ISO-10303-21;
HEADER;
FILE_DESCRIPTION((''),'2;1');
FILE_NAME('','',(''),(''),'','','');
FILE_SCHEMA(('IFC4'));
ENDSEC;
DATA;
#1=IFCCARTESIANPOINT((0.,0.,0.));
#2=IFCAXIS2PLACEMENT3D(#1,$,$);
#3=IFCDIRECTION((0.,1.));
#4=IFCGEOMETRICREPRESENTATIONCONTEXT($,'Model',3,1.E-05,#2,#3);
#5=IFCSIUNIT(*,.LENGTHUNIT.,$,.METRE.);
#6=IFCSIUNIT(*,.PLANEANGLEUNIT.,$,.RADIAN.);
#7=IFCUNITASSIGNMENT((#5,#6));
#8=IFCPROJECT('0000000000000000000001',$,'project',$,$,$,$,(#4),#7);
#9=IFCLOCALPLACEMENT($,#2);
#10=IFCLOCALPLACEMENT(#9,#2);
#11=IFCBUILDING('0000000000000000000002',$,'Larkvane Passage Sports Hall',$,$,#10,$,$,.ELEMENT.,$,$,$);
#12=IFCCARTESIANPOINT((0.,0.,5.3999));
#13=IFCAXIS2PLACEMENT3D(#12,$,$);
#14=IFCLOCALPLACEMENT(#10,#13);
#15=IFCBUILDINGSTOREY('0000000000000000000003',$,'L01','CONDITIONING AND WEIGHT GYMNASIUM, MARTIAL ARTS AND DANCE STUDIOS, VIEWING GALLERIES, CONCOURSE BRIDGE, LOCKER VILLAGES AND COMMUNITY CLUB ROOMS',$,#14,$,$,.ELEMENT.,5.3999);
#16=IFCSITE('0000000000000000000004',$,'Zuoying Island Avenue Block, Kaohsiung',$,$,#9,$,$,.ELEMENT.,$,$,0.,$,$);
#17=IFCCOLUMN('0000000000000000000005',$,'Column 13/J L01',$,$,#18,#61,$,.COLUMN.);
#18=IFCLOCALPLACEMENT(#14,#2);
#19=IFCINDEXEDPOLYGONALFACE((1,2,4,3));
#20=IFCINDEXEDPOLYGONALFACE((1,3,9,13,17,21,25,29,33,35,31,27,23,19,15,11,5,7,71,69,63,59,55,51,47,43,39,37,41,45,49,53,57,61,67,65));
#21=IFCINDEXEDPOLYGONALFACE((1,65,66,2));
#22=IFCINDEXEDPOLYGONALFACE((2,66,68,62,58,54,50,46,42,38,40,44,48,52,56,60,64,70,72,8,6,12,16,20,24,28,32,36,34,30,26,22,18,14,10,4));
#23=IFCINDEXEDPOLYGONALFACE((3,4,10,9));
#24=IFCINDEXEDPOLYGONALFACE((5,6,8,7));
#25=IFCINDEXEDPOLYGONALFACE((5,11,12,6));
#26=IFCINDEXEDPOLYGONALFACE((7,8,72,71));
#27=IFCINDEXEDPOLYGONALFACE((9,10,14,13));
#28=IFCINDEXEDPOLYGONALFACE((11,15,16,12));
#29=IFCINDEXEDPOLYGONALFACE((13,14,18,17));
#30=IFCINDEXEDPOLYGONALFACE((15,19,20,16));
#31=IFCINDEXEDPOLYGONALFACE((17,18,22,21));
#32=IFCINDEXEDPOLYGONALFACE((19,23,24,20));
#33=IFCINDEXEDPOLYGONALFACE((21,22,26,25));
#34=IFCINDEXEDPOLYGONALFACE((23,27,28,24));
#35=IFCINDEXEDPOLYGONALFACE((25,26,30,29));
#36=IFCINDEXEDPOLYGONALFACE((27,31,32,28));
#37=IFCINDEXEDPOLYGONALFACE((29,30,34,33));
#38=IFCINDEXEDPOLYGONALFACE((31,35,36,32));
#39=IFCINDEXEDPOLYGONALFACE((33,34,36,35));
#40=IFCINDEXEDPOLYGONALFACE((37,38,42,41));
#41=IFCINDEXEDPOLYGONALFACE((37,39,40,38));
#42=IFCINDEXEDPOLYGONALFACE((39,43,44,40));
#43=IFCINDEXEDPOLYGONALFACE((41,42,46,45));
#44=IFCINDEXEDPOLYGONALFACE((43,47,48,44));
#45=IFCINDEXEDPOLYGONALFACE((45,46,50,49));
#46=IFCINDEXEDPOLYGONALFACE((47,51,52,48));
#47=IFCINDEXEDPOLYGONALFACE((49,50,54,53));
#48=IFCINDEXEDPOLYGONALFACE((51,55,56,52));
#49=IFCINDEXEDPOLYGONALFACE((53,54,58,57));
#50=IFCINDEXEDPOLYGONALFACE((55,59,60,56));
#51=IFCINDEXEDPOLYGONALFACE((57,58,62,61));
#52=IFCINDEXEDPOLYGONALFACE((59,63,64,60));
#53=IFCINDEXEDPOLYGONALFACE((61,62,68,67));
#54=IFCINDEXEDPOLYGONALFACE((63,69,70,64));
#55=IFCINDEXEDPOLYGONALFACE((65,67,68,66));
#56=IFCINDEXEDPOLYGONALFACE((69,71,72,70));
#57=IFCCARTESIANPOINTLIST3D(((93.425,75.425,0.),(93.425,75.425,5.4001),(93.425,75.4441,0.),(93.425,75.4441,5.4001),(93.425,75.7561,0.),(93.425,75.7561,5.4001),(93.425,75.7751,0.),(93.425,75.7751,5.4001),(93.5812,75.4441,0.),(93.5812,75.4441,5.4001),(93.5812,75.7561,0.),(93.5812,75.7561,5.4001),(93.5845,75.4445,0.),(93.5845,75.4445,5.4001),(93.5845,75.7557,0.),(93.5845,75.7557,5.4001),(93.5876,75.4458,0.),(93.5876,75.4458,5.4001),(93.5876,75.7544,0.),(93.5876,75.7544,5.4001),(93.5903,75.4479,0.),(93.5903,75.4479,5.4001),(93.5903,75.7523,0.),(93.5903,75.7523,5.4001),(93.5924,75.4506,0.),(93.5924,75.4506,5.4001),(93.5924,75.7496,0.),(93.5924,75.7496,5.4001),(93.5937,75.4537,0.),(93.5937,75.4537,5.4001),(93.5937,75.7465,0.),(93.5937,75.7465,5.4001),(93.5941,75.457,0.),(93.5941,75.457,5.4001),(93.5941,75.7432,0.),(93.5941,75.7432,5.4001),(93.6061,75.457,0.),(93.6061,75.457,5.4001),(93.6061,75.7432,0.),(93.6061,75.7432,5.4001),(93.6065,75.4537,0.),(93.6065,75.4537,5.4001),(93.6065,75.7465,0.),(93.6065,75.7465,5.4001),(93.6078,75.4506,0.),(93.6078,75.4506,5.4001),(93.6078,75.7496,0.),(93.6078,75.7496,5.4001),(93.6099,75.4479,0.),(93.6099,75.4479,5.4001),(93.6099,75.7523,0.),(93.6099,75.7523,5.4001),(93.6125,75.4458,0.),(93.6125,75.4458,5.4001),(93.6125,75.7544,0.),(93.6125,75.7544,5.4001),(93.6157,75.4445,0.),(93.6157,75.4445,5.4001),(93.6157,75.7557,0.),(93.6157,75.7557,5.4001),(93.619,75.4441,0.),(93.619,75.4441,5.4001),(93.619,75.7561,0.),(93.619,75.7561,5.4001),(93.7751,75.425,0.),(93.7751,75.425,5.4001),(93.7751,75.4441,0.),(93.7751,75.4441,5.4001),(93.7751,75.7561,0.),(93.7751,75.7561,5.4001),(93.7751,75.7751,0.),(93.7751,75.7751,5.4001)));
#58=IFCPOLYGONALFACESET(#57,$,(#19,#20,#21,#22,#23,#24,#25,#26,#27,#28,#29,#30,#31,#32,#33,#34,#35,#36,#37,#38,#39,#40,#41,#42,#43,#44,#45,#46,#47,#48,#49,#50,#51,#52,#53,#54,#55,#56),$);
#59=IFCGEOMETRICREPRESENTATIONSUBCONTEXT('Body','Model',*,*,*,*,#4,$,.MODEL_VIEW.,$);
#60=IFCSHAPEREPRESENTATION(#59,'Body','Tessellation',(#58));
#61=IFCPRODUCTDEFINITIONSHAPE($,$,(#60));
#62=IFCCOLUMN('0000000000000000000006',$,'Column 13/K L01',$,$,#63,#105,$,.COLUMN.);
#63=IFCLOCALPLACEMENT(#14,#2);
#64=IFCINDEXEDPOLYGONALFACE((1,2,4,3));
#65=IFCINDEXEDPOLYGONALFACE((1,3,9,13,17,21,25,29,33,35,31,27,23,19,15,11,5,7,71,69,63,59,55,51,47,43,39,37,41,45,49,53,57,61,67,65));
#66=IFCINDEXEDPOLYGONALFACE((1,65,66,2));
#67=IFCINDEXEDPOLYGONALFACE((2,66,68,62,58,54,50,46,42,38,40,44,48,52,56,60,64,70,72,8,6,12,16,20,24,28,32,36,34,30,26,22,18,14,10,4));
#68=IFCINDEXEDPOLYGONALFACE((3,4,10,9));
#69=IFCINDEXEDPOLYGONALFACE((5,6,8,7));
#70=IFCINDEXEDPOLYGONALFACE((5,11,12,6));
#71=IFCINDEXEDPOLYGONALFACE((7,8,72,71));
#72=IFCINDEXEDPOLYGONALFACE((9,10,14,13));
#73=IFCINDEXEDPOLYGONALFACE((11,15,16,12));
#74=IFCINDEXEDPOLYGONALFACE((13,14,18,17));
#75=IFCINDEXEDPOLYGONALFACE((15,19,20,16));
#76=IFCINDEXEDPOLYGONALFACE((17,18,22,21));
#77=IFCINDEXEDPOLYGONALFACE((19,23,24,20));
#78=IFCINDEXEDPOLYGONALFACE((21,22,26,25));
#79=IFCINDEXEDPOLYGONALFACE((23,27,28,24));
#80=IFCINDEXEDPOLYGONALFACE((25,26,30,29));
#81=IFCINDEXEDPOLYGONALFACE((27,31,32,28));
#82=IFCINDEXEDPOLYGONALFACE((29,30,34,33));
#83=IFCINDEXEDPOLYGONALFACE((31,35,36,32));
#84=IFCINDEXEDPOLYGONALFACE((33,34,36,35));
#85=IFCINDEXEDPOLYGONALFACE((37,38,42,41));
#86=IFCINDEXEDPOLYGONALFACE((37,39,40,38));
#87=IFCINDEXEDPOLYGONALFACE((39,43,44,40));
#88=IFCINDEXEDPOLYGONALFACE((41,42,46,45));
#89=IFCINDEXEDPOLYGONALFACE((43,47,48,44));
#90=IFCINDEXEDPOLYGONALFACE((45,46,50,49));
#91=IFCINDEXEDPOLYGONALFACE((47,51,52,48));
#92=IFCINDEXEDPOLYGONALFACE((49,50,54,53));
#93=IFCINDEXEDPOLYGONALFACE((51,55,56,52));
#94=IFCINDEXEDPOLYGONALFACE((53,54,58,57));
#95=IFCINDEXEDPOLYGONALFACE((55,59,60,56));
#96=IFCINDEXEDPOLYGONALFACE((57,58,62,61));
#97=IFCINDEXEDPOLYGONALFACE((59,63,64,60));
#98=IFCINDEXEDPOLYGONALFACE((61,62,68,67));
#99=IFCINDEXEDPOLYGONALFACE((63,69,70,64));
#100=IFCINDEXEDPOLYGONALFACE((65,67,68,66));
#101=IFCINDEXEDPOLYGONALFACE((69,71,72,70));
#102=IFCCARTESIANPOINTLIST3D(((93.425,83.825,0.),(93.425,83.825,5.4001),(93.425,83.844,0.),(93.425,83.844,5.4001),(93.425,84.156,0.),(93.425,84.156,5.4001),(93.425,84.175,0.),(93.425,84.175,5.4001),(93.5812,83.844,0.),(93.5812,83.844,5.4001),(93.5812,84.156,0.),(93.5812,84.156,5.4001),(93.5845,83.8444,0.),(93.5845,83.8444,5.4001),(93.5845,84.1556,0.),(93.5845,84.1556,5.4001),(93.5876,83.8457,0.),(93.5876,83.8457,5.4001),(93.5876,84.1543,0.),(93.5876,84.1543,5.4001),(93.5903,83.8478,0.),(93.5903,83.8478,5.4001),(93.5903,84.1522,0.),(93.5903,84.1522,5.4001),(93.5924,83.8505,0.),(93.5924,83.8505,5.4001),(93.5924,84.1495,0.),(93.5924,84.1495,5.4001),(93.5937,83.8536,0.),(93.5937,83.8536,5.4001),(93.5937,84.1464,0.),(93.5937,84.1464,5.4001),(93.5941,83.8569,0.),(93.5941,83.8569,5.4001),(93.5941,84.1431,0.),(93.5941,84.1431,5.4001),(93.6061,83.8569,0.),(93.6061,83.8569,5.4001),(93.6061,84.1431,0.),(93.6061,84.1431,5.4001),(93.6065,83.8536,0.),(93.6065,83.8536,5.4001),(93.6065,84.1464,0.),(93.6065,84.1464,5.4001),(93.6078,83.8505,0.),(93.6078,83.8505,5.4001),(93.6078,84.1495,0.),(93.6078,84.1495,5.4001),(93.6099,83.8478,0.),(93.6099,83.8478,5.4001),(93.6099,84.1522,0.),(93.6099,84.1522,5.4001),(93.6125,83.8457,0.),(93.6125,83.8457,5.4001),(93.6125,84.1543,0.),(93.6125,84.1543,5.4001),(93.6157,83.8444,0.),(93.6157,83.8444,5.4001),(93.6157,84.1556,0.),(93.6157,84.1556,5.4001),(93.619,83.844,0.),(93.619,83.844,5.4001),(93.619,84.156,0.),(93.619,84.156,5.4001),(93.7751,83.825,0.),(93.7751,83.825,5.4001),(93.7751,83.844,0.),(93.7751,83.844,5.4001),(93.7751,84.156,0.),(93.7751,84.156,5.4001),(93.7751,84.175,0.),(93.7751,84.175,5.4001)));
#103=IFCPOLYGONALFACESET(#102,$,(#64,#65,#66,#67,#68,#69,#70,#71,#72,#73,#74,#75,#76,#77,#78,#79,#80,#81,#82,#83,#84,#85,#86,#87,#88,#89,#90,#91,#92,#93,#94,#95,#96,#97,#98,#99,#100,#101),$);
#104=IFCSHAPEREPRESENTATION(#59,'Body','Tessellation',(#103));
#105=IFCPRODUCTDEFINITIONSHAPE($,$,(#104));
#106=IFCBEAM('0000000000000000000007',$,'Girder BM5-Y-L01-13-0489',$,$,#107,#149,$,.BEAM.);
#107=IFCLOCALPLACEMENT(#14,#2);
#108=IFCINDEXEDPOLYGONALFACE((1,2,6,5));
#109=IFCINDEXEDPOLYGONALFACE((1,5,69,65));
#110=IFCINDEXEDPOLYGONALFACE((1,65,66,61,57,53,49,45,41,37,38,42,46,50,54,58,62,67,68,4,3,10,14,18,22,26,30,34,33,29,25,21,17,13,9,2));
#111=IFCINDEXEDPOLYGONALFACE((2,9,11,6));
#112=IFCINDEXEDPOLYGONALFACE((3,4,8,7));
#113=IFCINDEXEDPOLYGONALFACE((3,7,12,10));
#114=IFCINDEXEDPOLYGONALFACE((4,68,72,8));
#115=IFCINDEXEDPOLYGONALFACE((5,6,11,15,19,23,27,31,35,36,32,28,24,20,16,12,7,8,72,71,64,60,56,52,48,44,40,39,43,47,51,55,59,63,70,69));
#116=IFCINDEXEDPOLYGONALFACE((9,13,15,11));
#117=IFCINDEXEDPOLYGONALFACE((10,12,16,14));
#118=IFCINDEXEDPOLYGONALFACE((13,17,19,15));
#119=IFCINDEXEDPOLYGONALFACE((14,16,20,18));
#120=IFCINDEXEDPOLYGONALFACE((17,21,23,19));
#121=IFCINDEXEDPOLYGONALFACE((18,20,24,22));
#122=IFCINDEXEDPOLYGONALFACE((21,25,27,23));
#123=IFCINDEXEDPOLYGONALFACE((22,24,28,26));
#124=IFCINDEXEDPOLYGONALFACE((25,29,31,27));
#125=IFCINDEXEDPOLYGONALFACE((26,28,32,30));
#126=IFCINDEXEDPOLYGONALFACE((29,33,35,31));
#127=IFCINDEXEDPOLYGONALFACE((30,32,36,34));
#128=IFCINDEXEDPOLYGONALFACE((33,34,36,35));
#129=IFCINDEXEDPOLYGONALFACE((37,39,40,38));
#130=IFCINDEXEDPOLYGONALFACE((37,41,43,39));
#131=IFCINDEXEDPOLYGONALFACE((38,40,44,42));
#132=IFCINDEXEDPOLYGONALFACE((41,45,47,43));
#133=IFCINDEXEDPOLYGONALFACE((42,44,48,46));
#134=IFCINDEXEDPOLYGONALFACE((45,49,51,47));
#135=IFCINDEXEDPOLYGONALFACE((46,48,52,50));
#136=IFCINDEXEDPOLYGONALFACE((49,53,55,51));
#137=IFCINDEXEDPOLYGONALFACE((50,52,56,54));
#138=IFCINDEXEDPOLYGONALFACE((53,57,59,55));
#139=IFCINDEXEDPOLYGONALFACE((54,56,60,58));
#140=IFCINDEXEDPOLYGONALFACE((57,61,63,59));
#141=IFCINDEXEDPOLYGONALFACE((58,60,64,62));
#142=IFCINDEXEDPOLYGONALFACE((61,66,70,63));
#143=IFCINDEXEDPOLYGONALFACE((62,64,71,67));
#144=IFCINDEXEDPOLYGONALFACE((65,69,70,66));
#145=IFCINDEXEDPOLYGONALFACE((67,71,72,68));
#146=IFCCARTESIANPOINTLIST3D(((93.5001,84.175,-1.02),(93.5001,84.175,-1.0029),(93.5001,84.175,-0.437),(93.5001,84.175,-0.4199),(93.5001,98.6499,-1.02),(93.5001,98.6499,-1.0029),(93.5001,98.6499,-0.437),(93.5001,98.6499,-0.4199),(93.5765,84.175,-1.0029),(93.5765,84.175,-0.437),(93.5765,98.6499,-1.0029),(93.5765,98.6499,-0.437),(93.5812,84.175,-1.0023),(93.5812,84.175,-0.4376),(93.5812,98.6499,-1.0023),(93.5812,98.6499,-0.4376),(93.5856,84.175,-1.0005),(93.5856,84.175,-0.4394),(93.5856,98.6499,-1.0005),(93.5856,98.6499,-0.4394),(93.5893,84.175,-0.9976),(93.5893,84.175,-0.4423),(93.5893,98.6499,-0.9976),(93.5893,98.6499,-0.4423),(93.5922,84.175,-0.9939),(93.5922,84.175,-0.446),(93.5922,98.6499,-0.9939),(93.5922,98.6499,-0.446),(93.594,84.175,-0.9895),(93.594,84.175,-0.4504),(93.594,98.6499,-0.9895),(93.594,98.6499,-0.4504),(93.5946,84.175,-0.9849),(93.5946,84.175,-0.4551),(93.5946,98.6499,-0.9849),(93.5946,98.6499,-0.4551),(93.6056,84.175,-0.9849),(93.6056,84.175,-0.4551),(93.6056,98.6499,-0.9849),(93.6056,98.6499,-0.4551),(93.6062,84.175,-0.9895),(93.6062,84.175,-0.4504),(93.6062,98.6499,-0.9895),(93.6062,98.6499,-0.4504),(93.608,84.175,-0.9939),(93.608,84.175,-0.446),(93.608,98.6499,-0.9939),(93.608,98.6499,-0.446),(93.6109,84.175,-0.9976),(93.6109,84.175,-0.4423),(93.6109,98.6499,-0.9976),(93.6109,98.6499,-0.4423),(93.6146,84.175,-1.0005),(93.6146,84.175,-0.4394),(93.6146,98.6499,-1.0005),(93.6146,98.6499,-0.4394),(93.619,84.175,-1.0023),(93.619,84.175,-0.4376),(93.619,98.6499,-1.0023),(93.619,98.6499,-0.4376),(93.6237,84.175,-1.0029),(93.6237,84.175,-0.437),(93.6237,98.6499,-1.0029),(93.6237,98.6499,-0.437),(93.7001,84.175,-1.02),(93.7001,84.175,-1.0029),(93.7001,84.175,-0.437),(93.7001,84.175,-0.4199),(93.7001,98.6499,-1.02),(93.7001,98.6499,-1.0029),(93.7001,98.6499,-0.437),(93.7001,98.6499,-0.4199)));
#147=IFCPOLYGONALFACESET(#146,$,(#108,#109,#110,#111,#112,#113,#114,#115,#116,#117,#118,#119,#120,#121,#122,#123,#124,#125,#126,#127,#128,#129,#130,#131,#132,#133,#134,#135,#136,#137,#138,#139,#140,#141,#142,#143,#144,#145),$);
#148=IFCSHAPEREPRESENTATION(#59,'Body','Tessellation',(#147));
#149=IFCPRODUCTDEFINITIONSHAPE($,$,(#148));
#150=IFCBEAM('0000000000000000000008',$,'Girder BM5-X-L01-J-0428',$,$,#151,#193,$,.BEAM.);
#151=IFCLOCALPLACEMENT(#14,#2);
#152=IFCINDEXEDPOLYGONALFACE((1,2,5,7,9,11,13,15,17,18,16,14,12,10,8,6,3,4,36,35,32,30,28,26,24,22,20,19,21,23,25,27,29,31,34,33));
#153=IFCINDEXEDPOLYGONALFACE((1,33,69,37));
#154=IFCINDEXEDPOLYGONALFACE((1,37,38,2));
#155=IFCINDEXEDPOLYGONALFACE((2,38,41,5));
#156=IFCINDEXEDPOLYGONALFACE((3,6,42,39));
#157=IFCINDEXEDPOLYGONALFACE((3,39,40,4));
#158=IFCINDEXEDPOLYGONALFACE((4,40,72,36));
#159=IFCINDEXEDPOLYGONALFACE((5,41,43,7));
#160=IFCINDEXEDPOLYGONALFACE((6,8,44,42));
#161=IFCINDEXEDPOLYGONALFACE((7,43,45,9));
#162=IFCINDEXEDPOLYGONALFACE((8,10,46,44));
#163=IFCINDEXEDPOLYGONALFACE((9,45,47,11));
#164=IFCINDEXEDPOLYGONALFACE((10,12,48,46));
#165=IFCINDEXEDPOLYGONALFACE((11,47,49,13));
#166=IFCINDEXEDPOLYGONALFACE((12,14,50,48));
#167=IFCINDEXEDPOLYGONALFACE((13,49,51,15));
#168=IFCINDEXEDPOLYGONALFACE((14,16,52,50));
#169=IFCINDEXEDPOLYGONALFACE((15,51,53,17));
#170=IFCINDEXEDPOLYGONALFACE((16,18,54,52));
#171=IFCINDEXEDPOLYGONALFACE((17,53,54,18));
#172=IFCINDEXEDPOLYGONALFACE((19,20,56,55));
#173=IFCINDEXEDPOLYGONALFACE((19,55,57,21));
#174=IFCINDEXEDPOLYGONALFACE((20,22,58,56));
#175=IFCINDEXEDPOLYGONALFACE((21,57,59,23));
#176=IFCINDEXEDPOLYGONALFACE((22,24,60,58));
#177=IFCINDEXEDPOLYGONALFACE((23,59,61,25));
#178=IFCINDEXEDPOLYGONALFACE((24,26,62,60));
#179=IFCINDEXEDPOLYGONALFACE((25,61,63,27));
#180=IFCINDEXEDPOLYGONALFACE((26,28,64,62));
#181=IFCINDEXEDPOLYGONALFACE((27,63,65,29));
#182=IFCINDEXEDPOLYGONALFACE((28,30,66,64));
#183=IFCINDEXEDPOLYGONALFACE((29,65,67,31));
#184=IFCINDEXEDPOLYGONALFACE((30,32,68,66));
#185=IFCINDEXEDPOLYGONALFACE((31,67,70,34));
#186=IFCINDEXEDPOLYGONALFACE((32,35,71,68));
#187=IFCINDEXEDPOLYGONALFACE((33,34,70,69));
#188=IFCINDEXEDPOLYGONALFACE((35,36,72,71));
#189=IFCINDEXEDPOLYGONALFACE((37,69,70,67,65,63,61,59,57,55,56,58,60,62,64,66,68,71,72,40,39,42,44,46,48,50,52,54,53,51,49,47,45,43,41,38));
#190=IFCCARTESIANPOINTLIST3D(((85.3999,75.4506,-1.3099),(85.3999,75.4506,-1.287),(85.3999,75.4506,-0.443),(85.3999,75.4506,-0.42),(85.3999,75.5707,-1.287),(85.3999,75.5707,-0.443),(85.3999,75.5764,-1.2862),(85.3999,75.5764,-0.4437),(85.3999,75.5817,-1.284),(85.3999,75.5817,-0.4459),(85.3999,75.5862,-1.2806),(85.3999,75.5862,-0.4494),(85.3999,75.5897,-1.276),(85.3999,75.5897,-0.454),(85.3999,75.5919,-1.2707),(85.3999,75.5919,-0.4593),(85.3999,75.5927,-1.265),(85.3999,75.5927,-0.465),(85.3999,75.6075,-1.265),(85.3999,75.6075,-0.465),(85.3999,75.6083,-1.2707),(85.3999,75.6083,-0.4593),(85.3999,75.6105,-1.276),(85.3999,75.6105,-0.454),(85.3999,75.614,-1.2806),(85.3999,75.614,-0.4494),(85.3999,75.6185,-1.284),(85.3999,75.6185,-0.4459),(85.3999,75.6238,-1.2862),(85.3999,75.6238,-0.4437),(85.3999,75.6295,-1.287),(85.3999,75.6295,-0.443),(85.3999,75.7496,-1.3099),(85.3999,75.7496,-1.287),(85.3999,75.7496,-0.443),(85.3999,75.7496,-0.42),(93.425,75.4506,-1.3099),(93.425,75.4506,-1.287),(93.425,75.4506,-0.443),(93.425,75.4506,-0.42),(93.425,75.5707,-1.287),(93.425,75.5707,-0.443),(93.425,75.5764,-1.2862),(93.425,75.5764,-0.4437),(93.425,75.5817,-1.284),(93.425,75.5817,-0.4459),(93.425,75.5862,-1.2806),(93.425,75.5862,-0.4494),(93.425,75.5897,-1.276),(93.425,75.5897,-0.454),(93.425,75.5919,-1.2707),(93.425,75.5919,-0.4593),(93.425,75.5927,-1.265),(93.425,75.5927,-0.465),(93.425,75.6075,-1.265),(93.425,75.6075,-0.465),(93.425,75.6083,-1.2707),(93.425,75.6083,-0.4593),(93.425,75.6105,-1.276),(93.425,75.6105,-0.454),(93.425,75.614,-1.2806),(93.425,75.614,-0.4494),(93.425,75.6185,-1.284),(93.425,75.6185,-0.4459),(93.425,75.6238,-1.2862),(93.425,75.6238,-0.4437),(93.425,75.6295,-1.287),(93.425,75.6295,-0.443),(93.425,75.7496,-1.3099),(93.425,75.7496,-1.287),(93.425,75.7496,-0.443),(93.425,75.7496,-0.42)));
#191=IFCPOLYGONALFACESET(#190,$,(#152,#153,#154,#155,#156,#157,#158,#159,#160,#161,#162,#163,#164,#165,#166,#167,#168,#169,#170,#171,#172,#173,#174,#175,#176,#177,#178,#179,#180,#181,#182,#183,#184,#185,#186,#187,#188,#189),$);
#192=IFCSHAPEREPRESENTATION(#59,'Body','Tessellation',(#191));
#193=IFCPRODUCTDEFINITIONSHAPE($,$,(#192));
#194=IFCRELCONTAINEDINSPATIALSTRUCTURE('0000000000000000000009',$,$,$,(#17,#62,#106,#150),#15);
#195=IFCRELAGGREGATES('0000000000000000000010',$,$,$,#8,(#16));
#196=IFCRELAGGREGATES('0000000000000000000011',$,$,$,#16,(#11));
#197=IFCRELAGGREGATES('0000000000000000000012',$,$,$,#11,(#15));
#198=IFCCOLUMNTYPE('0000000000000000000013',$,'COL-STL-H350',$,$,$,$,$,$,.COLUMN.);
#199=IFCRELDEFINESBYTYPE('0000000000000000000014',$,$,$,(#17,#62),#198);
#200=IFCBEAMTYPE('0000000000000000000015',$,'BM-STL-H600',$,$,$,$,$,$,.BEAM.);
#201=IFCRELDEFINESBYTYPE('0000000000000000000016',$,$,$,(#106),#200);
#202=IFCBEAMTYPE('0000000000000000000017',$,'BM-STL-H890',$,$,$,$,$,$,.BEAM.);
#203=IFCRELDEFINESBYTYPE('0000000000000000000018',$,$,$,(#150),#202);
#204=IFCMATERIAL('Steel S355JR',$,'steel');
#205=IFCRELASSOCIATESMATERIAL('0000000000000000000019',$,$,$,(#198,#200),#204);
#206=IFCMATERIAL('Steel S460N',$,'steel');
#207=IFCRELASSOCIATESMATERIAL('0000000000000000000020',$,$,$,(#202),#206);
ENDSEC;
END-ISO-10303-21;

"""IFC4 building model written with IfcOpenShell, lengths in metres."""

from ifc_helpers import new_model, si_unit, direction, frame, origin, origin_2d, place, context, subcontext, project, spatial, i_section, extrude, material, material_profile, profile_set, type_object, element, save


model = new_model("IFC4")

# Units and contexts
model_context = context("Model", 3, precision=1e-05, world=origin(), true_north=direction((0.0, 1.0)))
body_context = subcontext(model_context, "Body", "Model", "MODEL_VIEW")
ifc_project = project(units=[si_unit("LENGTHUNIT", "METRE"), si_unit("PLANEANGLEUNIT", "RADIAN")], contexts=[model_context])

# Site, building, storey
site_placement = place(None, origin())
site = spatial("IfcSite", under=ifc_project, at=site_placement, Name="Zuoying Island Avenue Block, Kaohsiung", CompositionType="ELEMENT", RefElevation=0.0)
building_placement = place(site_placement, origin())
building = spatial("IfcBuilding", under=site, at=building_placement, Name="Larkvane Passage Sports Hall", CompositionType="ELEMENT")
storey_placement = place(building_placement, frame((0.0, 0.0, 5.3999)))
storey = spatial("IfcBuildingStorey", under=building, at=storey_placement, Name="L01", Description="CONDITIONING AND WEIGHT GYMNASIUM, MARTIAL ARTS AND DANCE STUDIOS, VIEWING GALLERIES, CONCOURSE BRIDGE, LOCKER VILLAGES AND COMMUNITY CLUB ROOMS", CompositionType="ELEMENT", Elevation=5.3999)

# Columns
ifc_material_1 = material(Name="Steel S355JR", Category="steel")
ifc_material_profile_1 = material_profile(ifc_material_1, i_section(OverallWidth=0.3501, OverallDepth=0.3501, WebThickness=0.012, FlangeThickness=0.019, FilletRadius=0.0129, at=origin_2d()), Name="H-350x350x12x19")
ifc_profile_set_1 = profile_set([ifc_material_profile_1], Name="Steel S355JR")
column_type = type_object("IfcColumnType", Name="COL-STL-H350", PredefinedType="COLUMN", material=ifc_profile_set_1)
for number, where, z_axis, x_axis, name in (
    (1, (93.6001, 75.6001, 0.0), (0.0, 0.0, 1.0), (1.0, 0.0, 0.0), "Column 13/J L01"),
    (2, (93.6001, 84.0, 0.0), (0.0, 0.0, 1.0), (1.0, 0.0, 0.0), "Column 13/K L01"),
):
    element("IfcColumn", number, at=place(storey_placement, frame(where, z_axis=z_axis, x_axis=x_axis)), inside=storey, type_object=column_type, Name=name, PredefinedType="COLUMN", context=body_context, shape_type="SweptSolid", body=[
        extrude(i_section(OverallWidth=0.3501, OverallDepth=0.3501, WebThickness=0.012, FlangeThickness=0.019, FilletRadius=0.0129, at=origin_2d()), origin(), (0.0, 0.0, 1.0), 5.4001),
    ])

# Beams
ifc_material_profile_2 = material_profile(ifc_material_1, i_section(OverallWidth=0.2, OverallDepth=0.6001, WebThickness=0.011, FlangeThickness=0.0171, FilletRadius=0.0181, at=origin_2d()), Name="H-600x200x11x17")
ifc_profile_set_2 = profile_set([ifc_material_profile_2], Name="Steel S355JR")
beam_type_1 = type_object("IfcBeamType", Name="BM-STL-H600", PredefinedType="BEAM", material=ifc_profile_set_2)
beam_1_placement = place(storey_placement, frame((93.6001, 84.175, -0.72), z_axis=(0.0, 1.0, 0.0), x_axis=(-1.0, 0.0, 0.0)))
element("IfcBeam", 3, at=beam_1_placement, inside=storey, type_object=beam_type_1, Name="Girder BM5-Y-L01-13-0489", PredefinedType="BEAM", context=body_context, shape_type="SweptSolid", body=[
    extrude(i_section(OverallWidth=0.2, OverallDepth=0.6001, WebThickness=0.011, FlangeThickness=0.0171, FilletRadius=0.0181, at=origin_2d()), origin(), (0.0, 0.0, 1.0), 14.4749),
])
ifc_material_2 = material(Name="Steel S460N", Category="steel")
ifc_material_profile_3 = material_profile(ifc_material_2, i_section(OverallWidth=0.2991, OverallDepth=0.8899, WebThickness=0.0149, FlangeThickness=0.0229, FilletRadius=0.022, at=origin_2d()), Name="H-890x299x15x23")
ifc_profile_set_3 = profile_set([ifc_material_profile_3], Name="Steel S460N")
beam_type_2 = type_object("IfcBeamType", Name="BM-STL-H890", PredefinedType="BEAM", material=ifc_profile_set_3)
beam_2_placement = place(storey_placement, frame((85.3999, 75.6001, -0.865), z_axis=(1.0, 0.0, 0.0), x_axis=(0.0, 1.0, 0.0)))
element("IfcBeam", 4, at=beam_2_placement, inside=storey, type_object=beam_type_2, Name="Girder BM5-X-L01-J-0428", PredefinedType="BEAM", context=body_context, shape_type="SweptSolid", body=[
    extrude(i_section(OverallWidth=0.2991, OverallDepth=0.8899, WebThickness=0.0149, FlangeThickness=0.0229, FilletRadius=0.022, at=origin_2d()), origin(), (0.0, 0.0, 1.0), 8.0251),
])

save(model, "model.ifc")
